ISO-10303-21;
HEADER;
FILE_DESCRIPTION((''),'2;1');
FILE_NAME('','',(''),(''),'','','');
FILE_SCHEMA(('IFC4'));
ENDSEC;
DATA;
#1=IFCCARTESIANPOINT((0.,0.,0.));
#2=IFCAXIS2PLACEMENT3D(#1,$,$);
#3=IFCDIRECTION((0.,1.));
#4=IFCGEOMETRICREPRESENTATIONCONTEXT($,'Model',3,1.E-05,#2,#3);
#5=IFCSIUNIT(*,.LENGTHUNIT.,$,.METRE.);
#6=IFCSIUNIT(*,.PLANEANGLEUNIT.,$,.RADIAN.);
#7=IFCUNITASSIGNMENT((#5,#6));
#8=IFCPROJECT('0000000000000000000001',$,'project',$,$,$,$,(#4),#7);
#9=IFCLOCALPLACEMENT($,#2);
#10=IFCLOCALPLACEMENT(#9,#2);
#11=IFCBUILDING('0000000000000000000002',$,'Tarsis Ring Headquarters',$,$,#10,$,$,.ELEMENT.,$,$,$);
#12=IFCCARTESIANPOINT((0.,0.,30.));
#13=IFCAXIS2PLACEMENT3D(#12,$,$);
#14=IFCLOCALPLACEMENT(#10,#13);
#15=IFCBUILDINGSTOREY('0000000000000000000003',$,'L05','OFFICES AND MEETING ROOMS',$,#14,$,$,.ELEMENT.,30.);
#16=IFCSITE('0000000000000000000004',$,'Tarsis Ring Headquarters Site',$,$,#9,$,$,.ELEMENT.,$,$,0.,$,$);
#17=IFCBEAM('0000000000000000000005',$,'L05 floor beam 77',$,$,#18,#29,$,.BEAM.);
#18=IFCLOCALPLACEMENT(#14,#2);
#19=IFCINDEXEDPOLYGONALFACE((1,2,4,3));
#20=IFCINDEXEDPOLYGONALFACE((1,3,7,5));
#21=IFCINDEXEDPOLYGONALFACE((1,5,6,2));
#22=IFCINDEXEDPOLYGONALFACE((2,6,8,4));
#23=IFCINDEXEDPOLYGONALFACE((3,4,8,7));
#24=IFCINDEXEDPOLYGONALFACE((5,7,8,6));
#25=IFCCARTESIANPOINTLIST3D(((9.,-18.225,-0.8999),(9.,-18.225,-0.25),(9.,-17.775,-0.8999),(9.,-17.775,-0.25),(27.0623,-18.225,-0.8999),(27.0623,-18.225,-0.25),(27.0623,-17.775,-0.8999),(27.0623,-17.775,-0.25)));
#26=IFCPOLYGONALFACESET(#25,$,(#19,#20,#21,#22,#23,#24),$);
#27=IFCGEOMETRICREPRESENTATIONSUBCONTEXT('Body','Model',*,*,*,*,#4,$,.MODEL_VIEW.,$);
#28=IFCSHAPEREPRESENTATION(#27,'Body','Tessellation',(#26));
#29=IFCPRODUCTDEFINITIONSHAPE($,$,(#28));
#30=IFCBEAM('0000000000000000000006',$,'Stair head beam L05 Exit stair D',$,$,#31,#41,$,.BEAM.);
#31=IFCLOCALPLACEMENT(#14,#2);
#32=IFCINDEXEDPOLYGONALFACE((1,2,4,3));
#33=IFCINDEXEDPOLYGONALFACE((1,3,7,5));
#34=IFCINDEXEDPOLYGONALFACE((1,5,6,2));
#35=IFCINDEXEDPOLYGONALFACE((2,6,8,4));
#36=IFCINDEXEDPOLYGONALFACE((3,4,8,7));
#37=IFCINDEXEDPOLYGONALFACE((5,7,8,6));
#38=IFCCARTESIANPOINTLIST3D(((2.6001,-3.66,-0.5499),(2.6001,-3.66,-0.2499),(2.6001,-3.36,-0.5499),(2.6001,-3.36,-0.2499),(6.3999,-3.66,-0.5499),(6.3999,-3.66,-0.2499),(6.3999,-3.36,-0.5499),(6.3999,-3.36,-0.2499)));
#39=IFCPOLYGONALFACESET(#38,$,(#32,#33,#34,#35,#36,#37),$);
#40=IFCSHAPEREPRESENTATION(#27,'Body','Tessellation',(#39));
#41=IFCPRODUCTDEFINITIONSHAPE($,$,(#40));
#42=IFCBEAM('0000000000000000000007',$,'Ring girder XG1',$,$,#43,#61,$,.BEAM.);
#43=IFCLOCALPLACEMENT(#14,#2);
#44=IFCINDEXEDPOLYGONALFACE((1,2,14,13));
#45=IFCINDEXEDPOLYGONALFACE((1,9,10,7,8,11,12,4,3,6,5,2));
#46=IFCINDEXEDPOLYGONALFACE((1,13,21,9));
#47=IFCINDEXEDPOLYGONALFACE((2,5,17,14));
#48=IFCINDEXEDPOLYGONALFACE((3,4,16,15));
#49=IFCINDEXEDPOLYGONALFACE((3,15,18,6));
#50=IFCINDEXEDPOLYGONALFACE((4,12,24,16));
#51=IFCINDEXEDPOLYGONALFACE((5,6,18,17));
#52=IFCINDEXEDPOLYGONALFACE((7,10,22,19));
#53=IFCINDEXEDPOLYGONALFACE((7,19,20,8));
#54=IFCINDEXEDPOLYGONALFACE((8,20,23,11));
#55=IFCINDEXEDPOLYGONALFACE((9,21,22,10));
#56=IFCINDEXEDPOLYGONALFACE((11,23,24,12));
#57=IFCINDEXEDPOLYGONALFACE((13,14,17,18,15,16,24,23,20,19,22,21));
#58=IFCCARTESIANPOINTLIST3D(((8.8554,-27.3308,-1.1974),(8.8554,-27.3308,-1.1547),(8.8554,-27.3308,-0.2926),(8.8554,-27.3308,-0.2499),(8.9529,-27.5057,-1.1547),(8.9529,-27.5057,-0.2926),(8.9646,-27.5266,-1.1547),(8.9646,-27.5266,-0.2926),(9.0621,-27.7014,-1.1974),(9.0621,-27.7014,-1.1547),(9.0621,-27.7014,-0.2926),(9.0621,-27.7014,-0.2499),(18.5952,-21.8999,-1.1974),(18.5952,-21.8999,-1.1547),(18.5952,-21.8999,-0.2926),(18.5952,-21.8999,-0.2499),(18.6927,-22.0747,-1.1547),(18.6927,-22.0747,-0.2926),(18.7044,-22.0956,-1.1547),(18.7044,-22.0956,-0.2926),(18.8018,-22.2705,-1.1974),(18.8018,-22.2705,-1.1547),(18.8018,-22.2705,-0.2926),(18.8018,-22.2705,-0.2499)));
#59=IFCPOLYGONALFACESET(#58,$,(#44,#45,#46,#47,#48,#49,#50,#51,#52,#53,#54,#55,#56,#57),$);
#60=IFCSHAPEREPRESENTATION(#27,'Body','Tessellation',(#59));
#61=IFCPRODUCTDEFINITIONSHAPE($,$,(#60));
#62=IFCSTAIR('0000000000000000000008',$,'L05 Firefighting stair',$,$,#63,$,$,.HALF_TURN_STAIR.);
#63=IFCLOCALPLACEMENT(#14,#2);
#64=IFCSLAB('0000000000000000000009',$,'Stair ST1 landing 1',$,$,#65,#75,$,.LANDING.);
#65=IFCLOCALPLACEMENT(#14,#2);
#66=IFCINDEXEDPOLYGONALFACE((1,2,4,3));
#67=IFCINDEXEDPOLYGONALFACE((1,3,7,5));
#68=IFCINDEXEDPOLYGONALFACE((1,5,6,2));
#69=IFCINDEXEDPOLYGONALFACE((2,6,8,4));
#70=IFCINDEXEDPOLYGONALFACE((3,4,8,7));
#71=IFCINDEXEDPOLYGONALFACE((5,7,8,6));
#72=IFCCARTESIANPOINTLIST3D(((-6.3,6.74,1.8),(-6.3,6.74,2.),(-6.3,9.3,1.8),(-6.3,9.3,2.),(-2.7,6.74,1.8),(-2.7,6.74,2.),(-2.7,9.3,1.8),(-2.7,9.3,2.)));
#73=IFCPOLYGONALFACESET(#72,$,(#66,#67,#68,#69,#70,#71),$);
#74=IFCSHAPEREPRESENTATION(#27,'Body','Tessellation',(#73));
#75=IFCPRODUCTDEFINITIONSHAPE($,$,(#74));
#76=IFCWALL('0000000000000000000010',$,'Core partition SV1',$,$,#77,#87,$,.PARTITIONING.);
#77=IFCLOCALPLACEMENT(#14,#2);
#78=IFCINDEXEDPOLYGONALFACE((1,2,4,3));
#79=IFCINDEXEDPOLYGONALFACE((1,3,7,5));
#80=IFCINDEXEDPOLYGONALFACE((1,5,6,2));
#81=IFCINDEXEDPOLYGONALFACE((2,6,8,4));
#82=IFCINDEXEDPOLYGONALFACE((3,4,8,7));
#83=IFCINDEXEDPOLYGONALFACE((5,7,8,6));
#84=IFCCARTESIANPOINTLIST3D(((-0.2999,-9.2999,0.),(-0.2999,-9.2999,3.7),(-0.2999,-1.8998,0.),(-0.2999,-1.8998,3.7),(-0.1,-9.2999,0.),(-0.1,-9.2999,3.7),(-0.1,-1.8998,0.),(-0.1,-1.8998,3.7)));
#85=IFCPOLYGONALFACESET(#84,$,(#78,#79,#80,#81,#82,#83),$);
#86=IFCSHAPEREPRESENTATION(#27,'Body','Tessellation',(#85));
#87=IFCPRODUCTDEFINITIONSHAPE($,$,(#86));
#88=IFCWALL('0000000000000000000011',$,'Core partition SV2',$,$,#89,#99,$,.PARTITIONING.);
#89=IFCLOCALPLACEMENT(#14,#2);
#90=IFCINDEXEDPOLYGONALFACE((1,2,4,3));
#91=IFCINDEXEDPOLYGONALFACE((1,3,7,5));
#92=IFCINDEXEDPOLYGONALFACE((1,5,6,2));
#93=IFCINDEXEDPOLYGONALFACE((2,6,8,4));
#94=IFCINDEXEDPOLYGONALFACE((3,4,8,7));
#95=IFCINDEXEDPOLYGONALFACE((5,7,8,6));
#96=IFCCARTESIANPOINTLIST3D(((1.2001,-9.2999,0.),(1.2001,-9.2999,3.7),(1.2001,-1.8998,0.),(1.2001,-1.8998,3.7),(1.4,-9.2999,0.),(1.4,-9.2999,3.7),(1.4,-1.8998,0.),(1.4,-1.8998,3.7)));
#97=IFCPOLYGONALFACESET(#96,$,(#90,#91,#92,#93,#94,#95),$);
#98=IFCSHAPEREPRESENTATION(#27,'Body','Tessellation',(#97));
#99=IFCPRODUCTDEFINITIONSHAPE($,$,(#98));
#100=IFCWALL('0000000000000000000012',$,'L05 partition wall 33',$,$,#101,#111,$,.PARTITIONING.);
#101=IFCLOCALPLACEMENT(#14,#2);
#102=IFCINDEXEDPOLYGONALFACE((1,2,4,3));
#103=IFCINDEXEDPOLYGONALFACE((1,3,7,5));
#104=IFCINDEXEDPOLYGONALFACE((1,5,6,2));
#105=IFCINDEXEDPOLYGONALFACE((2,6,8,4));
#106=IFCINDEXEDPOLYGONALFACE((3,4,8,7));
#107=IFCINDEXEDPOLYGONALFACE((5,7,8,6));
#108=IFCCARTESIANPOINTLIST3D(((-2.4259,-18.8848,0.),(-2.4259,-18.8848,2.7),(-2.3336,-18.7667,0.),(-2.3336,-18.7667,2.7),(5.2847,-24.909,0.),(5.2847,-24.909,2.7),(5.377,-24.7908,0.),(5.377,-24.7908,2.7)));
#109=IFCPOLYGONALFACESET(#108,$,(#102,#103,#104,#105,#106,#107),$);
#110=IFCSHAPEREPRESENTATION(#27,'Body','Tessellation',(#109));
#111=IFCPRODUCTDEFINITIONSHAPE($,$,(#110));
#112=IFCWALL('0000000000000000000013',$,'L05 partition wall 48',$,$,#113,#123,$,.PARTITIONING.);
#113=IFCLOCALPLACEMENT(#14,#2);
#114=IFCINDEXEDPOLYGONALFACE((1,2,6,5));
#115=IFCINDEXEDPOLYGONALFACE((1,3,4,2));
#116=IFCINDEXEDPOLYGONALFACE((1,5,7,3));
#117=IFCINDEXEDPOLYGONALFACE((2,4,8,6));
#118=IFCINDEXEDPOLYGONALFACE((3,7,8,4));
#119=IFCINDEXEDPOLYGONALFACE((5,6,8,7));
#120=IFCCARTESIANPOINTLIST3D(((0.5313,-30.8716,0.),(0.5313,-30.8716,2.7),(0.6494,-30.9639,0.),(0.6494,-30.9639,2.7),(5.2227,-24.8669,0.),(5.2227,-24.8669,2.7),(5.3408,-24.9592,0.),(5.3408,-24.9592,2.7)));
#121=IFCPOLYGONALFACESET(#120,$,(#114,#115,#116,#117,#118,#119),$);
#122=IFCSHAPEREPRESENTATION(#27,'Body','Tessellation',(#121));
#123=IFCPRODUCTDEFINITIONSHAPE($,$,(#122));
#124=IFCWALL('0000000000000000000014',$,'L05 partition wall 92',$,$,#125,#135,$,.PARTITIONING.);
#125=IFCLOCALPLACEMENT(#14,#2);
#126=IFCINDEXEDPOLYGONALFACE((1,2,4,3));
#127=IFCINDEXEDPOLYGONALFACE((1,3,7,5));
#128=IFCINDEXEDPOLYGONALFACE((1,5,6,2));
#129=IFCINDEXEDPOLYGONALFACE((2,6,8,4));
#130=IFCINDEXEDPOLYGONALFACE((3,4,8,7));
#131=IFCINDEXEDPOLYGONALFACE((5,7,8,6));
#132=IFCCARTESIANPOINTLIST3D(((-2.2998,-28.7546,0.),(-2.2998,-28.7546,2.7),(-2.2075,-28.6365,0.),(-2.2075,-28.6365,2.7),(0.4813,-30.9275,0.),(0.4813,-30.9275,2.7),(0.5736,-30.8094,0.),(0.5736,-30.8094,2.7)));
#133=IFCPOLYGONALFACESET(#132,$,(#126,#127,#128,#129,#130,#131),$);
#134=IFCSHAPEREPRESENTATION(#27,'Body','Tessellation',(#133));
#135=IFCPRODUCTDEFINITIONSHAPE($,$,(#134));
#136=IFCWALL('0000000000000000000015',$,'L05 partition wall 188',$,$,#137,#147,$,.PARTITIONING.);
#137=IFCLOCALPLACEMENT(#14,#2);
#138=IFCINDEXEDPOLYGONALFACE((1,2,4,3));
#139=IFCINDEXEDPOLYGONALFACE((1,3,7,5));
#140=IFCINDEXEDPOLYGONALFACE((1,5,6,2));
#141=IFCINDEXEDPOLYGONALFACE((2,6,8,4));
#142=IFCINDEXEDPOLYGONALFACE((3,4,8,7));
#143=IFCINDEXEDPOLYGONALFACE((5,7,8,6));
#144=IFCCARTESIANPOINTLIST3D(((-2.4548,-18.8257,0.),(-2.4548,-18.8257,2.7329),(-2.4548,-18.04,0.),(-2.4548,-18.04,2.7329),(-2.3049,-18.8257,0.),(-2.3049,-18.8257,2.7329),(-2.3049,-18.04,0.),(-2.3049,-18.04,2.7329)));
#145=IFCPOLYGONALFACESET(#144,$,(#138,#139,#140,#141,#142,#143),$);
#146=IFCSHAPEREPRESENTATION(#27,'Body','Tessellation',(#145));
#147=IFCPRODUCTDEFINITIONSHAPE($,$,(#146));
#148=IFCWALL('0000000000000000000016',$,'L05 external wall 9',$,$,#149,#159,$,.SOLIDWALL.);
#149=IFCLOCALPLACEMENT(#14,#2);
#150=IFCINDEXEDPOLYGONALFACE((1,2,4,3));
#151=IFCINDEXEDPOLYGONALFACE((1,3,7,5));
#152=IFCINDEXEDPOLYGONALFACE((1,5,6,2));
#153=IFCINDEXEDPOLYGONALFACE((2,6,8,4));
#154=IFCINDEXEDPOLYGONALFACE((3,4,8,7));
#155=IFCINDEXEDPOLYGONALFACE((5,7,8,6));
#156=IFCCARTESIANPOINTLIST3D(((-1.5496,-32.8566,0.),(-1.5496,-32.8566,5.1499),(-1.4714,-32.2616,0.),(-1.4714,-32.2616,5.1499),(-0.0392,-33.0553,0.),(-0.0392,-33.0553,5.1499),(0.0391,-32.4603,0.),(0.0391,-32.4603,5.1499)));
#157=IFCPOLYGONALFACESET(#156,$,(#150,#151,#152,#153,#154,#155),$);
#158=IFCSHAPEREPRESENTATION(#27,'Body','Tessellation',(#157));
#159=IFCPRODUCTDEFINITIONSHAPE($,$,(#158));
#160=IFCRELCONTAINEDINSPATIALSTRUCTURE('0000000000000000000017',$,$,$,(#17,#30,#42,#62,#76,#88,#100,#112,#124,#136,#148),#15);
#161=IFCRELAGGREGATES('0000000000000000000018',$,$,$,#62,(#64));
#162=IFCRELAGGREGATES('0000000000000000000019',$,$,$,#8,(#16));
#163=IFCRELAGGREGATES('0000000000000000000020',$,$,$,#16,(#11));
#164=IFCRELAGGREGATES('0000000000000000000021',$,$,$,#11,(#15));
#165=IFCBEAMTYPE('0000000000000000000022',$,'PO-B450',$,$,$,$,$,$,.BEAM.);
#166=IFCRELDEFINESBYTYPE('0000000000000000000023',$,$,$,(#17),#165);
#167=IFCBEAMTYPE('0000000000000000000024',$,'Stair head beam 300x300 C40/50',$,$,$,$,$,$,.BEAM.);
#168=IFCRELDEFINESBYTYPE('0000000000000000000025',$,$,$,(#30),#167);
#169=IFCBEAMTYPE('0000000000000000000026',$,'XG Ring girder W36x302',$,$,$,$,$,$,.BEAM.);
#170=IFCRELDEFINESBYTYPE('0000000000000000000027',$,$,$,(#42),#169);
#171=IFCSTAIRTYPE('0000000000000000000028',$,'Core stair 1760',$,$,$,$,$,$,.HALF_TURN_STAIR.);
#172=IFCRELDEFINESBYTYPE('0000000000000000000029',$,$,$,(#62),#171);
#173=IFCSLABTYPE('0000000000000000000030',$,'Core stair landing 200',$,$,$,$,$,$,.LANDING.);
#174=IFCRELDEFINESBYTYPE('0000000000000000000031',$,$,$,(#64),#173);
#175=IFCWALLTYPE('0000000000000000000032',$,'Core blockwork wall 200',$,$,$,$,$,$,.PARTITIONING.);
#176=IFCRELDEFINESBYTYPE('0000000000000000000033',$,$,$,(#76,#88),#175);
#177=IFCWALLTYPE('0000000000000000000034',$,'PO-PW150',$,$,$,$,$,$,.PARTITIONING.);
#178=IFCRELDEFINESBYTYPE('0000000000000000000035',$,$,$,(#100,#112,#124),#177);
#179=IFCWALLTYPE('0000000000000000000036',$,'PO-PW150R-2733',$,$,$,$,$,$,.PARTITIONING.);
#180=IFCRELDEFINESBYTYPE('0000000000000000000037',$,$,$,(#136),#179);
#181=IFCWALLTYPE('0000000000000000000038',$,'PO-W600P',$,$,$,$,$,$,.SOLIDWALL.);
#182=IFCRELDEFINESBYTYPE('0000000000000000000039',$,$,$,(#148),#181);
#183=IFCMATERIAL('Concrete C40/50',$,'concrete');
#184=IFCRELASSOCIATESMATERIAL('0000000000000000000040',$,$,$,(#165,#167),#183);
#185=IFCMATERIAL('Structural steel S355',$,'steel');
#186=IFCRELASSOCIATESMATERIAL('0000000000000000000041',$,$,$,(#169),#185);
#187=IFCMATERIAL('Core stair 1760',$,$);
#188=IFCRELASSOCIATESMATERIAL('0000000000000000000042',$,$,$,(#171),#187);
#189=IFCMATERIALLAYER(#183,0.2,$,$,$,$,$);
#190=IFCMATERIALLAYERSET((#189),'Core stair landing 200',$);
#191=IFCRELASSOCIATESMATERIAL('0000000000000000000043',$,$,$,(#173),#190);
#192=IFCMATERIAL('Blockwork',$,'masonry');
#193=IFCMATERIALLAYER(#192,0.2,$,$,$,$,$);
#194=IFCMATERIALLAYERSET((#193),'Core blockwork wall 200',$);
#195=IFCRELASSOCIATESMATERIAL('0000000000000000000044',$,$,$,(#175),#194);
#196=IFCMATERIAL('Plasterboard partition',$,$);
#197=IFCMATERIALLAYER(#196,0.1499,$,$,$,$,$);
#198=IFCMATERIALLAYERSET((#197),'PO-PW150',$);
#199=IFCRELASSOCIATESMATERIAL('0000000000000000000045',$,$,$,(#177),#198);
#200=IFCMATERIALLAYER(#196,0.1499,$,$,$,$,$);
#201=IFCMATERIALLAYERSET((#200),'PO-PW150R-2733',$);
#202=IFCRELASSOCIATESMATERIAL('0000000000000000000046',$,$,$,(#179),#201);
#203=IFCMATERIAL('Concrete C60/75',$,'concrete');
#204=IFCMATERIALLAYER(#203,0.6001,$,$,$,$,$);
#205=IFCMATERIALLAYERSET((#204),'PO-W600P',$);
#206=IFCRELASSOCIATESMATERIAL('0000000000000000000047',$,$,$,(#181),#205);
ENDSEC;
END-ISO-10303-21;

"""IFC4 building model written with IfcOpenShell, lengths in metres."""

from ifc_helpers import new_model, si_unit, direction, frame, frame_2d, origin, origin_2d, place, context, subcontext, project, spatial, polyline, rectangle, i_section, outline, extrude, material, layer, layer_set, material_profile, profile_set, type_object, element, aggregate, save


model = new_model("IFC4")

# Units and contexts
model_context = context("Model", 3, precision=1e-05, world=origin(), true_north=direction((0.0, 1.0)))
body_context = subcontext(model_context, "Body", "Model", "MODEL_VIEW")
ifc_project = project(units=[si_unit("LENGTHUNIT", "METRE"), si_unit("PLANEANGLEUNIT", "RADIAN")], contexts=[model_context])

# Site, building, storey
site_placement = place(None, origin())
site = spatial("IfcSite", under=ifc_project, at=site_placement, Name="Tarsis Ring Headquarters Site", CompositionType="ELEMENT", RefElevation=0.0)
building_placement = place(site_placement, origin())
building = spatial("IfcBuilding", under=site, at=building_placement, Name="Tarsis Ring Headquarters", CompositionType="ELEMENT")
storey_placement = place(building_placement, frame((0.0, 0.0, 30.0)))
storey = spatial("IfcBuildingStorey", under=building, at=storey_placement, Name="L05", Description="OFFICES AND MEETING ROOMS", CompositionType="ELEMENT", Elevation=30.0)

# Shared definitions
ifc_material_1 = material(Name="Concrete C40/50", Category="concrete")

# Beams
ifc_material_profile_1 = material_profile(ifc_material_1, rectangle(XDim=0.45, YDim=0.6499, at=origin_2d()), Name="PO-B450")
ifc_profile_set_1 = profile_set([ifc_material_profile_1], Name="Concrete C40/50")
beam_type_1 = type_object("IfcBeamType", Name="PO-B450", PredefinedType="BEAM", material=ifc_profile_set_1)
beam_1_placement = place(storey_placement, frame((9.0, -18.0, -0.575), z_axis=(1.0, 0.0, 0.0), x_axis=(0.0, 1.0, 0.0)))
element("IfcBeam", 1, at=beam_1_placement, inside=storey, type_object=beam_type_1, Name="L05 floor beam 77", PredefinedType="BEAM", context=body_context, shape_type="SweptSolid", body=[
    extrude(rectangle(XDim=0.45, YDim=0.6499, at=origin_2d()), origin(), (0.0, 0.0, 1.0), 18.0623),
])
ifc_material_profile_2 = material_profile(ifc_material_1, rectangle(XDim=0.3, YDim=0.3, at=origin_2d()), Name="Stair head beam 300x300 C40/50")
ifc_profile_set_2 = profile_set([ifc_material_profile_2], Name="Concrete C40/50")
beam_type_2 = type_object("IfcBeamType", Name="Stair head beam 300x300 C40/50", PredefinedType="BEAM", material=ifc_profile_set_2)
beam_2_placement = place(storey_placement, frame((2.6001, -3.51, -0.3999), z_axis=(1.0, 0.0, 0.0), x_axis=(0.0, 1.0, 0.0)))
element("IfcBeam", 2, at=beam_2_placement, inside=storey, type_object=beam_type_2, Name="Stair head beam L05 Exit stair D", PredefinedType="BEAM", context=body_context, shape_type="SweptSolid", body=[
    extrude(rectangle(XDim=0.3, YDim=0.3, at=origin_2d()), origin(), (0.0, 0.0, 1.0), 3.7998),
])
ifc_material_2 = material(Name="Structural steel S355", Category="steel")
ifc_material_profile_3 = material_profile(ifc_material_2, i_section(OverallWidth=0.4243, OverallDepth=0.9475, WebThickness=0.0239, FlangeThickness=0.0427, at=origin_2d()), Name="W36x302")
ifc_profile_set_3 = profile_set([ifc_material_profile_3], Name="Structural steel S355")
beam_type_3 = type_object("IfcBeamType", Name="XG Ring girder W36x302", PredefinedType="BEAM", material=ifc_profile_set_3)
beam_3_placement = place(storey_placement, frame((8.9587, -27.5161, -0.7236), z_axis=(0.873397, 0.487009, 0.0), x_axis=(-0.487009, 0.873397, 0.0)))
element("IfcBeam", 3, at=beam_3_placement, inside=storey, type_object=beam_type_3, Name="Ring girder XG1", PredefinedType="BEAM", context=body_context, shape_type="SweptSolid", body=[
    extrude(i_section(OverallWidth=0.4243, OverallDepth=0.9475, WebThickness=0.0239, FlangeThickness=0.0427, at=origin_2d()), origin(), (0.0, 0.0, 1.0), 11.1516),
])

# Stair, slab
ifc_material_3 = material(Name="Core stair 1760")
stair_type = type_object("IfcStairType", Name="Core stair 1760", PredefinedType="HALF_TURN_STAIR", material=ifc_material_3)
stair_placement = place(storey_placement, origin())
stair = element("IfcStair", 4, at=stair_placement, inside=storey, type_object=stair_type, Name="L05 Firefighting stair", PredefinedType="HALF_TURN_STAIR")
ifc_layer_1 = layer(ifc_material_1, 0.2)
ifc_layer_set_1 = layer_set([ifc_layer_1], Name="Core stair landing 200")
slab_type_1 = type_object("IfcSlabType", Name="Core stair landing 200", PredefinedType="LANDING", material=ifc_layer_set_1)
slab_1_placement = place(storey_placement, frame((0.0, 0.0, 1.8)))
slab_1 = element("IfcSlab", 5, at=slab_1_placement, type_object=slab_type_1, Name="Stair ST1 landing 1", PredefinedType="LANDING", context=body_context, shape_type="SweptSolid", body=[
    extrude(outline(polyline([(-2.7, 6.74), (-2.7, 9.3), (-6.3, 9.3), (-6.3, 6.74), (-2.7, 6.74)])), origin(), (0.0, 0.0, 1.0), 0.2),
])
aggregate(stair, [slab_1])

# Walls
ifc_material_4 = material(Name="Blockwork", Category="masonry")
ifc_layer_2 = layer(ifc_material_4, 0.2)
ifc_layer_set_2 = layer_set([ifc_layer_2], Name="Core blockwork wall 200")
wall_type_1 = type_object("IfcWallType", Name="Core blockwork wall 200", PredefinedType="PARTITIONING", material=ifc_layer_set_2)
for number, where, z_axis, x_axis, name in (
    (6, (-0.2, -9.3, 0.0), (0.0, 0.0, 1.0), (0.0, 1.0, 0.0), "Core partition SV1"),
    (7, (1.3, -9.3, 0.0), (0.0, 0.0, 1.0), (0.0, 1.0, 0.0), "Core partition SV2"),
):
    element("IfcWall", number, at=place(storey_placement, frame(where, z_axis=z_axis, x_axis=x_axis)), inside=storey, type_object=wall_type_1, Name=name, PredefinedType="PARTITIONING", context=body_context, shape_type="SweptSolid", body=[
        extrude(rectangle(XDim=7.4001, YDim=0.2, at=frame_2d((3.7002, 0.0))), origin(), (0.0, 0.0, 1.0), 3.7),
    ])
ifc_material_5 = material(Name="Plasterboard partition")
ifc_layer_3 = layer(ifc_material_5, 0.1499)
ifc_layer_set_3 = layer_set([ifc_layer_3], Name="PO-PW150")
wall_type_2 = type_object("IfcWallType", Name="PO-PW150", PredefinedType="PARTITIONING", material=ifc_layer_set_3)
wall_1_placement = place(storey_placement, frame((-2.3799, -18.8257, 0.0), z_axis=(0.0, 0.0, 1.0), x_axis=(0.788015, -0.615656, 0.0)))
element("IfcWall", 8, at=wall_1_placement, inside=storey, type_object=wall_type_2, Name="L05 partition wall 33", PredefinedType="PARTITIONING", context=body_context, shape_type="SweptSolid", body=[
    extrude(rectangle(XDim=9.7849, YDim=0.1499, at=frame_2d((4.8926, 0.0))), origin(), (0.0, 0.0, 1.0), 2.7),
])
wall_2_placement = place(storey_placement, frame((0.5903, -30.9177, 0.0), z_axis=(0.0, 0.0, 1.0), x_axis=(0.615667, 0.788006, 0.0)))
element("IfcWall", 9, at=wall_2_placement, inside=storey, type_object=wall_type_2, Name="L05 partition wall 48", PredefinedType="PARTITIONING", context=body_context, shape_type="SweptSolid", body=[
    extrude(rectangle(XDim=7.6201, YDim=0.1499, at=frame_2d((3.8101, 0.0))), origin(), (0.0, 0.0, 1.0), 2.7),
])
wall_3_placement = place(storey_placement, frame((-2.2537, -28.6956, 0.0), z_axis=(0.0, 0.0, 1.0), x_axis=(0.787998, -0.615678, 0.0)))
element("IfcWall", 10, at=wall_3_placement, inside=storey, type_object=wall_type_2, Name="L05 partition wall 92", PredefinedType="PARTITIONING", context=body_context, shape_type="SweptSolid", body=[
    extrude(rectangle(XDim=3.5293, YDim=0.1499, at=frame_2d((1.7646, 0.0))), origin(), (0.0, 0.0, 1.0), 2.7),
])
ifc_layer_4 = layer(ifc_material_5, 0.1499)
ifc_layer_set_4 = layer_set([ifc_layer_4], Name="PO-PW150R-2733")
wall_type_3 = type_object("IfcWallType", Name="PO-PW150R-2733", PredefinedType="PARTITIONING", material=ifc_layer_set_4)
wall_4_placement = place(storey_placement, frame((-2.3799, -18.04, 0.0), z_axis=(0.0, 0.0, 1.0), x_axis=(0.0, -1.0, 0.0)))
element("IfcWall", 11, at=wall_4_placement, inside=storey, type_object=wall_type_3, Name="L05 partition wall 188", PredefinedType="PARTITIONING", context=body_context, shape_type="SweptSolid", body=[
    extrude(rectangle(XDim=0.7856, YDim=0.1499, at=frame_2d((0.3928, 0.0))), origin(), (0.0, 0.0, 1.0), 2.7329),
])
ifc_material_6 = material(Name="Concrete C60/75", Category="concrete")
ifc_layer_5 = layer(ifc_material_6, 0.6001)
ifc_layer_set_5 = layer_set([ifc_layer_5], Name="PO-W600P")
wall_type_4 = type_object("IfcWallType", Name="PO-W600P", PredefinedType="SOLIDWALL", material=ifc_layer_set_5)
wall_5_placement = place(storey_placement, frame((-1.5105, -32.5591, 0.0), z_axis=(0.0, 0.0, 1.0), x_axis=(0.991456, -0.130442, 0.0)))
element("IfcWall", 12, at=wall_5_placement, inside=storey, type_object=wall_type_4, Name="L05 external wall 9", PredefinedType="SOLIDWALL", context=body_context, shape_type="SweptSolid", body=[
    extrude(rectangle(XDim=1.5234, YDim=0.6001, at=frame_2d((0.7617, 0.0))), origin(), (0.0, 0.0, 1.0), 5.1499),
])

save(model, "model.ifc")
